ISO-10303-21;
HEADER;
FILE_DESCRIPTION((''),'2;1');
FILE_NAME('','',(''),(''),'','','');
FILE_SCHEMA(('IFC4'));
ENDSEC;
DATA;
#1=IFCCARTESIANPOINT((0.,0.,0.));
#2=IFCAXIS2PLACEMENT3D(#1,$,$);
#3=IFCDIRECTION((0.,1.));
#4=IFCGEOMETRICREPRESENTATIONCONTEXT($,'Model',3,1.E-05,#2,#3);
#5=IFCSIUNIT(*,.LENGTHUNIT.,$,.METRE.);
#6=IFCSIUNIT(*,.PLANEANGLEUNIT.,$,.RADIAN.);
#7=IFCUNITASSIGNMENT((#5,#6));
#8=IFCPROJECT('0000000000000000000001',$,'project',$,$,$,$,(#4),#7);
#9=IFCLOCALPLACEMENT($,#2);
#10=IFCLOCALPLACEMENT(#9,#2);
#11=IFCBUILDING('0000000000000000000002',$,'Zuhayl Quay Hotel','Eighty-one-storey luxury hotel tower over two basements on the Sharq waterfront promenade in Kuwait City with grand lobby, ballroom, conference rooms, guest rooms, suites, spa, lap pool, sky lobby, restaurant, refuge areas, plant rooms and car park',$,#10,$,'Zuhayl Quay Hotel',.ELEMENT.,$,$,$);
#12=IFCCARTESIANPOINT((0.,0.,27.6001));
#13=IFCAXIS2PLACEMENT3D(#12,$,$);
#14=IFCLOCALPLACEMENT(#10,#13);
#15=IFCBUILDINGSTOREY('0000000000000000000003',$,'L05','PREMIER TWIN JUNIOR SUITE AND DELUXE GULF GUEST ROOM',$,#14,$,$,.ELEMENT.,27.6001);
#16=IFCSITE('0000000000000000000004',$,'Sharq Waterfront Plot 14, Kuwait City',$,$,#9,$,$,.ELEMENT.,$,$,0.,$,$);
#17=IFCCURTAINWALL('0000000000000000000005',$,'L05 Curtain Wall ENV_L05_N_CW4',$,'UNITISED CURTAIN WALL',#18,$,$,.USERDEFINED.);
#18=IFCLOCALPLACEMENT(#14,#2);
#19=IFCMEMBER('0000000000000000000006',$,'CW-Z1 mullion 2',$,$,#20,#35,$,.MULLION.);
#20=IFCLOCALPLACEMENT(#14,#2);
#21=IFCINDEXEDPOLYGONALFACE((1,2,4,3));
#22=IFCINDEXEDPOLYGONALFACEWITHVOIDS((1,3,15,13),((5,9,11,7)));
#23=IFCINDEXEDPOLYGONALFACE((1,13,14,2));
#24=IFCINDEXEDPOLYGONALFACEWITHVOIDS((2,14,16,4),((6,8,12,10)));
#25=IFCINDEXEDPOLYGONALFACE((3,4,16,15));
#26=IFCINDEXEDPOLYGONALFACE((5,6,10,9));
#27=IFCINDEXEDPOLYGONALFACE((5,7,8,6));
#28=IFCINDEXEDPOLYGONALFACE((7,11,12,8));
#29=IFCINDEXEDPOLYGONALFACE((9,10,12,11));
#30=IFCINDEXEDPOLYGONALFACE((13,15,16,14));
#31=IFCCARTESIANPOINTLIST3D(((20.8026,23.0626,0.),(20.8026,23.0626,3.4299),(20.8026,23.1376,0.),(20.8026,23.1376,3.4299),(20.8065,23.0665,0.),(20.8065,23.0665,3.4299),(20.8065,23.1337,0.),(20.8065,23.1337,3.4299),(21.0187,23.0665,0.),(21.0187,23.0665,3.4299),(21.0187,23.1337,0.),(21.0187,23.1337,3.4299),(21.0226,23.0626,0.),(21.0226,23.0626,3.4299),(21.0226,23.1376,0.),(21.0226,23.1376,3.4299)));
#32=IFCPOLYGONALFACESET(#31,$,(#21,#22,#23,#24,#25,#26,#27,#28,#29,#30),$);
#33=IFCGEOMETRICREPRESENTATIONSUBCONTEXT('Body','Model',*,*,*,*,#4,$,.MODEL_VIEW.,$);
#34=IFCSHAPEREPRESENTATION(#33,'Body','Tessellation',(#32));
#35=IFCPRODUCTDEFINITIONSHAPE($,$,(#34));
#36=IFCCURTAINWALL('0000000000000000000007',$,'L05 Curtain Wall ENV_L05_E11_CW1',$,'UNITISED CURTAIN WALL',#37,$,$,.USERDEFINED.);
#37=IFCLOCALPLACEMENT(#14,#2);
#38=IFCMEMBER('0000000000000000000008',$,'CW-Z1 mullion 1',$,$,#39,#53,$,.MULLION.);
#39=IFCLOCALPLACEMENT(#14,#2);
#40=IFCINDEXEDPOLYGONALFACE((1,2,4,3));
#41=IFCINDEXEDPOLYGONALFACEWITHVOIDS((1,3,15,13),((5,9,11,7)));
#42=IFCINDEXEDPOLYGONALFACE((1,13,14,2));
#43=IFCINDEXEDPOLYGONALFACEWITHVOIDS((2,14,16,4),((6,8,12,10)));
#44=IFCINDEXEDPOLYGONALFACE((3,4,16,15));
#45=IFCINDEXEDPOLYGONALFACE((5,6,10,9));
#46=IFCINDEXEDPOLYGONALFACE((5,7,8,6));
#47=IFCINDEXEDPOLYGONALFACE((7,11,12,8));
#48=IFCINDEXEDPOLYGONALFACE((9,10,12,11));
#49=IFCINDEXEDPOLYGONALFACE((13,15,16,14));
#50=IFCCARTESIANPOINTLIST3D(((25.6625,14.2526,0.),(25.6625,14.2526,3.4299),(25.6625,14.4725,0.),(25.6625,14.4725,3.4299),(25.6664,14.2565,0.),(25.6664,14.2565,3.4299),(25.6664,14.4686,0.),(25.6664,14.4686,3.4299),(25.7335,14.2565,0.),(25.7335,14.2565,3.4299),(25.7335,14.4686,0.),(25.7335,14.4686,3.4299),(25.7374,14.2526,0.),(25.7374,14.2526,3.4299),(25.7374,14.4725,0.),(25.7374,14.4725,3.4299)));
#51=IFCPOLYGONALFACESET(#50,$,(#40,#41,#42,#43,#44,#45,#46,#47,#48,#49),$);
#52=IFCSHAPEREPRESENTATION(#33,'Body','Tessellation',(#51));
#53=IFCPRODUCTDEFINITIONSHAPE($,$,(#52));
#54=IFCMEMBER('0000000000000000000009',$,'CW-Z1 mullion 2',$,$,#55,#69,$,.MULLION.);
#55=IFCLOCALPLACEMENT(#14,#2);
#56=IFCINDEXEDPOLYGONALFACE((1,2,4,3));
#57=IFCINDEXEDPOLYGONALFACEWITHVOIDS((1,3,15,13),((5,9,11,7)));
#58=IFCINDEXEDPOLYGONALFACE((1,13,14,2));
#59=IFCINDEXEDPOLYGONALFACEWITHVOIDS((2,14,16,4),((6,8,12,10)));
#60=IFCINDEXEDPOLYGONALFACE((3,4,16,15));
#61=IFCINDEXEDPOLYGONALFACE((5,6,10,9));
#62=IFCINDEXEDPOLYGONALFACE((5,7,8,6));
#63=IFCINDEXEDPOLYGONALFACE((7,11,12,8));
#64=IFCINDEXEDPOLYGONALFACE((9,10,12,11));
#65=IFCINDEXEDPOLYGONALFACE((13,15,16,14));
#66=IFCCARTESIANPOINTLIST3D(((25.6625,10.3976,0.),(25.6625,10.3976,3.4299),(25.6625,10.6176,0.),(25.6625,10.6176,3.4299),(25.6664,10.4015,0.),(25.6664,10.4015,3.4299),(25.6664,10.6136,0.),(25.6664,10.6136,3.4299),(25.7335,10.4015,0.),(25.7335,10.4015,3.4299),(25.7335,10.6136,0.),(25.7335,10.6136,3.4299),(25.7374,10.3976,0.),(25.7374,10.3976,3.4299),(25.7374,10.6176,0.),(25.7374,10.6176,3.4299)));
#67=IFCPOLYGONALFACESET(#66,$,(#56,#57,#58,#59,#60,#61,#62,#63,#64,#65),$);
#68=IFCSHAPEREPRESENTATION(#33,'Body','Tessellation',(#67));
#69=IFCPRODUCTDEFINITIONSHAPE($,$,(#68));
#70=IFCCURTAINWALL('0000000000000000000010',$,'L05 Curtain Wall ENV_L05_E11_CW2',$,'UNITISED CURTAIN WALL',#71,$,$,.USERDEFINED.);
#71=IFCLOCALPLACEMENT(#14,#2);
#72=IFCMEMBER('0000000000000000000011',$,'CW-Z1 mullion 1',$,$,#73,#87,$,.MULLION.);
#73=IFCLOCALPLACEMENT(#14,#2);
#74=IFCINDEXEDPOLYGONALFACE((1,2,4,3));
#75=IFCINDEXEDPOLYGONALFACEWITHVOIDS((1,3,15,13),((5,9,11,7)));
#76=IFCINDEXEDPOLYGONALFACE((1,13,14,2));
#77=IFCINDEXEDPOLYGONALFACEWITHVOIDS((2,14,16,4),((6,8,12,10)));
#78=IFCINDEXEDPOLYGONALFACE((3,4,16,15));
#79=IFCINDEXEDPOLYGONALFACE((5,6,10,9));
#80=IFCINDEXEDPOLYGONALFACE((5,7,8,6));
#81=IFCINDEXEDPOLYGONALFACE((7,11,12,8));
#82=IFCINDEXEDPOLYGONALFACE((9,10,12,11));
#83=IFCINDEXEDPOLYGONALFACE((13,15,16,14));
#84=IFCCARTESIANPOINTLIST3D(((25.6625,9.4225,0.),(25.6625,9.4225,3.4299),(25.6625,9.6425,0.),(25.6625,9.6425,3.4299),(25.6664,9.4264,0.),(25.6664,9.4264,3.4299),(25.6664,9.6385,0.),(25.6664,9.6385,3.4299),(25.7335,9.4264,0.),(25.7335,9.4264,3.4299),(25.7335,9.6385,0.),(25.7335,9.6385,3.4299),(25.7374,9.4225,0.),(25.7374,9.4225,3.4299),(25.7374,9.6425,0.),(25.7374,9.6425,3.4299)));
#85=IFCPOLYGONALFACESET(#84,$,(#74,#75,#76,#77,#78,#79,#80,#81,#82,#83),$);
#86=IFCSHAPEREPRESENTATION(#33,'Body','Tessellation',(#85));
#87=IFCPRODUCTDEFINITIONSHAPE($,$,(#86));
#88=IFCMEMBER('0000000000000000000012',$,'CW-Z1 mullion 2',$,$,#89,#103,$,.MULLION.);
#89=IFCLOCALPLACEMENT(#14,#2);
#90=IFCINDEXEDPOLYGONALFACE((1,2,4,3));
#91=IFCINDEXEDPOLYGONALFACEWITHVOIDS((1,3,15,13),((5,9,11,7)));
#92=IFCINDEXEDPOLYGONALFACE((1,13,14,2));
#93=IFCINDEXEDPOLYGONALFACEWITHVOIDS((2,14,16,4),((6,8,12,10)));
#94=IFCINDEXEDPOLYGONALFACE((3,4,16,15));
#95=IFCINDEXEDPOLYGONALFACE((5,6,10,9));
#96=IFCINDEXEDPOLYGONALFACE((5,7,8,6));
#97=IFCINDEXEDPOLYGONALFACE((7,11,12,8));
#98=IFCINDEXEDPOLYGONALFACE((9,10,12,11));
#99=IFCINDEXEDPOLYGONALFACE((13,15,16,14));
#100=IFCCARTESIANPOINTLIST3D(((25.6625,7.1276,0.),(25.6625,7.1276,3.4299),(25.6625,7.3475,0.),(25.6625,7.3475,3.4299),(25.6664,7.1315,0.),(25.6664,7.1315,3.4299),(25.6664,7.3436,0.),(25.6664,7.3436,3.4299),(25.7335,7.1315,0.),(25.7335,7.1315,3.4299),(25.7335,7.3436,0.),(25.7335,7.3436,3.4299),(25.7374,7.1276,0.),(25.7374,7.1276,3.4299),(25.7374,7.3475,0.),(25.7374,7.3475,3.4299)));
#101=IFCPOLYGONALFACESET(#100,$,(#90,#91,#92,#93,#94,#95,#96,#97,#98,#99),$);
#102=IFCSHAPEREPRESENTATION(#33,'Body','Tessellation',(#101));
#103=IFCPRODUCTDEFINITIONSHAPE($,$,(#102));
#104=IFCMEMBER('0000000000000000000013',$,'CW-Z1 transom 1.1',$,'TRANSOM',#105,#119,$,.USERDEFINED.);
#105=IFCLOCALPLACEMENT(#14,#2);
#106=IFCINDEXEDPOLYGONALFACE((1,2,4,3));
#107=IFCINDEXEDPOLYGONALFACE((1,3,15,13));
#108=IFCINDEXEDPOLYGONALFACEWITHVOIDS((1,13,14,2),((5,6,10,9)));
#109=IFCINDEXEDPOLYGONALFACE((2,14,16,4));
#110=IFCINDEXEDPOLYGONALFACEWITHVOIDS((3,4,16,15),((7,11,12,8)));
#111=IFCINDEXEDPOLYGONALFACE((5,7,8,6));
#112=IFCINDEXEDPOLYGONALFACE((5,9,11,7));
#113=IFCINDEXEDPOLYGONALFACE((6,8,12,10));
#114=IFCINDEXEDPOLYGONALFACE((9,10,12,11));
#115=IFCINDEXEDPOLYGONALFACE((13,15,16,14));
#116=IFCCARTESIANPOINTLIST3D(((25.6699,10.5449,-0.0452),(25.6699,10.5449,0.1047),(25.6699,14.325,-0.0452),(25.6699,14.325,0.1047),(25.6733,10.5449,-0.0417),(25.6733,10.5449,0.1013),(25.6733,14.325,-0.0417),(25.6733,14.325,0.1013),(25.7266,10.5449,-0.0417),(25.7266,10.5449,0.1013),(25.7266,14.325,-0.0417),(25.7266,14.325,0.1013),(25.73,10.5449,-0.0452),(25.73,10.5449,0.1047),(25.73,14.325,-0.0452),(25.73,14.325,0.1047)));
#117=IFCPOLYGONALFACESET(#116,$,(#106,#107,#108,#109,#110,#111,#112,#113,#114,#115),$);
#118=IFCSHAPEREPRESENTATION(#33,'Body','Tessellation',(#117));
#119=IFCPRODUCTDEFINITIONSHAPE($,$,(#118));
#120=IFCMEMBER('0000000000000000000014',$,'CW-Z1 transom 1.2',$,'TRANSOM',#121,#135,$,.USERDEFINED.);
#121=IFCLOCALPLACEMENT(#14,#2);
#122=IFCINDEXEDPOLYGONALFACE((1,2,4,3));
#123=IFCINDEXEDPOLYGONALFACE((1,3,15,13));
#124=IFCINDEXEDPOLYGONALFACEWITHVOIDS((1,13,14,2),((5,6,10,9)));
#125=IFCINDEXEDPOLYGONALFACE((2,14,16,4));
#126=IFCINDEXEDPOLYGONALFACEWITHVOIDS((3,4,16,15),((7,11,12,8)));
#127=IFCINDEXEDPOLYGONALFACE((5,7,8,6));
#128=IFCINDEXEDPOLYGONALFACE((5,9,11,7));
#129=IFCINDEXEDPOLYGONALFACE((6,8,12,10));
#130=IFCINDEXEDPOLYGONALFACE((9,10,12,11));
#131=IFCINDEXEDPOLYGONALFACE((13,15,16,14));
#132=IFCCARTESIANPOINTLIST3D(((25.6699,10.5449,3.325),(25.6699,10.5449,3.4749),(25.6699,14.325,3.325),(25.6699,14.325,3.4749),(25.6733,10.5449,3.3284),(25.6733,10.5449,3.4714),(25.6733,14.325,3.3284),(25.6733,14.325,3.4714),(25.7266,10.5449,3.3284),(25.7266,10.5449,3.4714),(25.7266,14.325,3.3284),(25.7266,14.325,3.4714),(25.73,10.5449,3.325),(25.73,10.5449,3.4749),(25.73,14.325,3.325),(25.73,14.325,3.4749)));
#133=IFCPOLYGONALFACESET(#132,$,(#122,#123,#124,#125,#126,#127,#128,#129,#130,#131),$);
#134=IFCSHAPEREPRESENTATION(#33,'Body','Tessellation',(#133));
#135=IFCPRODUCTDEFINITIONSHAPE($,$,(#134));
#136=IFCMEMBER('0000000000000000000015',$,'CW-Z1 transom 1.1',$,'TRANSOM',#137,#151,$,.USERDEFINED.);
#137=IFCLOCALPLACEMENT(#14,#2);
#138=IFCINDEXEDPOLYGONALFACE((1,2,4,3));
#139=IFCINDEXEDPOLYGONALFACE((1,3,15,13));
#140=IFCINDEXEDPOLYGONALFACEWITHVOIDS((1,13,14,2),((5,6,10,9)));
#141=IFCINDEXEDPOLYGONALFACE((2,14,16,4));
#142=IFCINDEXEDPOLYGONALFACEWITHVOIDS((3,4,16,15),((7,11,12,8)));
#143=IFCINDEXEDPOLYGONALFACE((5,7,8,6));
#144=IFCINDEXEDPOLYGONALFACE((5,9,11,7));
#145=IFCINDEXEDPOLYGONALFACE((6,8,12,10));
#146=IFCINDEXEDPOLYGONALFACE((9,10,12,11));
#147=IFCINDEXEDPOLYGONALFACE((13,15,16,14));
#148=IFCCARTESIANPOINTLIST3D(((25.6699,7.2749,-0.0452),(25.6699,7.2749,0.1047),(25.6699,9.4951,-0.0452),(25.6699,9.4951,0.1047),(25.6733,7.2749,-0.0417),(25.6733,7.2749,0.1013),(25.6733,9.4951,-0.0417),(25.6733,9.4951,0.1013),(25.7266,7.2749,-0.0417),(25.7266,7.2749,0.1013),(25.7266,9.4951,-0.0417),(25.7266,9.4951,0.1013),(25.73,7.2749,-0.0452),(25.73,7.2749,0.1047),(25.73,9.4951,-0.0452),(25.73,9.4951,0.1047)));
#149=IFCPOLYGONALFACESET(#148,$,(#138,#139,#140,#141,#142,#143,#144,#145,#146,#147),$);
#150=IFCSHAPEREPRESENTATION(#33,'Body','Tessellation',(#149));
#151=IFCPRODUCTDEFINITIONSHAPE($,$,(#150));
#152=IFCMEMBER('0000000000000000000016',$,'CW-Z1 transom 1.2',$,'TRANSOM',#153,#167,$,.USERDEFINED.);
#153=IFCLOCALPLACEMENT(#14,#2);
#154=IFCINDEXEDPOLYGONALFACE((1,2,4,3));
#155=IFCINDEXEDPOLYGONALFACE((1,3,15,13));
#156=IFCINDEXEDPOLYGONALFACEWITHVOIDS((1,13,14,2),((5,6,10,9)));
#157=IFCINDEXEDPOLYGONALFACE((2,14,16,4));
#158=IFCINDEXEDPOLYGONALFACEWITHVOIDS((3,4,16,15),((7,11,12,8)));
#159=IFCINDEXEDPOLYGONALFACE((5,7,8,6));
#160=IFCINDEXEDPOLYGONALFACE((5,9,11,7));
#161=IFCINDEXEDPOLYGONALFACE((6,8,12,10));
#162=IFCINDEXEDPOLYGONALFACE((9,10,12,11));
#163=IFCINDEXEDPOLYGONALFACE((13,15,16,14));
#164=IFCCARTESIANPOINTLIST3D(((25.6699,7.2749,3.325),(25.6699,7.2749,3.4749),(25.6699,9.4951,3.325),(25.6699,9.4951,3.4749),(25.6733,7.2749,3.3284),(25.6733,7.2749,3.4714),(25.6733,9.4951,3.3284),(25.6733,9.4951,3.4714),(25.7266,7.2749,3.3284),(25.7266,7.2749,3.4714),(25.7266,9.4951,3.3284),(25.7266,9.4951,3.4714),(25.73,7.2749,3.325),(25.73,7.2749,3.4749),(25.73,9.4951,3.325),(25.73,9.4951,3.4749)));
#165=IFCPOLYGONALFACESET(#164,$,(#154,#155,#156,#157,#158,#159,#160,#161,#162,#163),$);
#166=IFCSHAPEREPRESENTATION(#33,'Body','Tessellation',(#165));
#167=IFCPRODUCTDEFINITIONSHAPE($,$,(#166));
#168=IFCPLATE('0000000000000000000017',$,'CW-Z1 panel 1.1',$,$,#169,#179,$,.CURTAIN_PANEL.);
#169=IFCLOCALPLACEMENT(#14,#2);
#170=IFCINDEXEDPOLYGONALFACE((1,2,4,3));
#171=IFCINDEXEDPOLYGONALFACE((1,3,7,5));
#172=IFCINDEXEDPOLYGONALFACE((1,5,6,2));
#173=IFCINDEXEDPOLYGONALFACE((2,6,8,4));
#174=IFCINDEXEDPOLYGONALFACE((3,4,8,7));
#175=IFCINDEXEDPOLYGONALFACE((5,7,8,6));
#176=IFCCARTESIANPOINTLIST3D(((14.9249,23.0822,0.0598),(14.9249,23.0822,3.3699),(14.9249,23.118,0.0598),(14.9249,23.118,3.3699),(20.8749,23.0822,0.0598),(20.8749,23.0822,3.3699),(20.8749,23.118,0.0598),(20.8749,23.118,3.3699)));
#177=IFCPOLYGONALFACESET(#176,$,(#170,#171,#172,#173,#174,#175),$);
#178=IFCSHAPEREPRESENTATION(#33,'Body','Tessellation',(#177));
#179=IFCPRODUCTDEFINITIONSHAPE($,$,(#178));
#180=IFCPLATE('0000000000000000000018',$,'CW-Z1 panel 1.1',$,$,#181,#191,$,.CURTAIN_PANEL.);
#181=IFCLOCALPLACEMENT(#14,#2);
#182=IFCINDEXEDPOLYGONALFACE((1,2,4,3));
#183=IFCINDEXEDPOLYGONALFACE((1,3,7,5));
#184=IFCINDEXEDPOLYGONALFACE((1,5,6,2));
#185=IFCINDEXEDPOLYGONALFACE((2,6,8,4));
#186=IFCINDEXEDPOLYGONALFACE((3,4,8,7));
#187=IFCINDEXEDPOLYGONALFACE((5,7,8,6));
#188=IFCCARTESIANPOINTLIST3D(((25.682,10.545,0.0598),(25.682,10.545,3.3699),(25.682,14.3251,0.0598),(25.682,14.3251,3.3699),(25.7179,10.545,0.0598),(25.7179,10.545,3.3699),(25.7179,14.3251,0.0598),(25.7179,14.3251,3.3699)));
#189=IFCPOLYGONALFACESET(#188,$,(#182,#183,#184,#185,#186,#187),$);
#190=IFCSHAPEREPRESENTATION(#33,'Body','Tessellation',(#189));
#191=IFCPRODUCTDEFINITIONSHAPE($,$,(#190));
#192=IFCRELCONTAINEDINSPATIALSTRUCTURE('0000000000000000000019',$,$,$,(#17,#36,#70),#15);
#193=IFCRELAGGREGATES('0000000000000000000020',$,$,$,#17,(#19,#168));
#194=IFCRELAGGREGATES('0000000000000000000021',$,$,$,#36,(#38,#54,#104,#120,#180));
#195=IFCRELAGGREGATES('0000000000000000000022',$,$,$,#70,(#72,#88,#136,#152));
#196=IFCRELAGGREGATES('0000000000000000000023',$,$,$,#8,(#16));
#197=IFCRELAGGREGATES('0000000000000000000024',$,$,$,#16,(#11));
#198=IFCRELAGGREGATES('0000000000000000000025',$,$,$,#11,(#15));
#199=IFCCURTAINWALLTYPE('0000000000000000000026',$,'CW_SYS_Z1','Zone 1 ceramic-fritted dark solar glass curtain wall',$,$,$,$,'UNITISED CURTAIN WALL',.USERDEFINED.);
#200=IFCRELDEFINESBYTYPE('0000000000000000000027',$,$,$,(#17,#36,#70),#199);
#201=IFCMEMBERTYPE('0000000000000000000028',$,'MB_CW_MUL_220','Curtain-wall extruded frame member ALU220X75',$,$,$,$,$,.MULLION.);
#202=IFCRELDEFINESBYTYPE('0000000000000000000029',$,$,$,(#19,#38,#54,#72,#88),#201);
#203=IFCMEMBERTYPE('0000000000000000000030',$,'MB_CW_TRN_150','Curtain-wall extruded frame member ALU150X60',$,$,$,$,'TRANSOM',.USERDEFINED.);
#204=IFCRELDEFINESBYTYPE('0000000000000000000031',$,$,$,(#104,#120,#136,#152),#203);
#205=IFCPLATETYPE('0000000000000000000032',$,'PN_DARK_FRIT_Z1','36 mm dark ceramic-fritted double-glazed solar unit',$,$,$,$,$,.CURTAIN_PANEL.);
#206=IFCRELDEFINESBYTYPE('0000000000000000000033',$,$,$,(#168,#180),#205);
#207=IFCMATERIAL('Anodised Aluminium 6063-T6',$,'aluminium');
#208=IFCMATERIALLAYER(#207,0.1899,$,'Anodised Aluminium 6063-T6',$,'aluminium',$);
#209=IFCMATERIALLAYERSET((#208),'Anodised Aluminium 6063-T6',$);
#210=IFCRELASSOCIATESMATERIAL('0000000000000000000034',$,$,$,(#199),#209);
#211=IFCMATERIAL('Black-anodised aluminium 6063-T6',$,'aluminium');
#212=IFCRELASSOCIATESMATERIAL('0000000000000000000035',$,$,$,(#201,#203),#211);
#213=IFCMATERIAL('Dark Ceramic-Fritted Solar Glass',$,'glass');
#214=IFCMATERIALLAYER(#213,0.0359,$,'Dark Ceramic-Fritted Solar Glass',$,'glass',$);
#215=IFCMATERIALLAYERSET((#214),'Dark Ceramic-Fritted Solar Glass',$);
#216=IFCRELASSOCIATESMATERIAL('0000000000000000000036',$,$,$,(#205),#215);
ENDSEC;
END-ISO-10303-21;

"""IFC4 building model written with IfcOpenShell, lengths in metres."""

from ifc_helpers import new_model, si_unit, direction, frame, origin, origin_2d, place, context, subcontext, project, spatial, rectangle, hollow_rectangle, extrude, material, layer, layer_set, material_profile, profile_set, type_object, element, aggregate, save


model = new_model("IFC4")

# Units and contexts
model_context = context("Model", 3, precision=1e-05, world=origin(), true_north=direction((0.0, 1.0)))
body_context = subcontext(model_context, "Body", "Model", "MODEL_VIEW")
ifc_project = project(units=[si_unit("LENGTHUNIT", "METRE"), si_unit("PLANEANGLEUNIT", "RADIAN")], contexts=[model_context])

# Site, building, storey
site_placement = place(None, origin())
site = spatial("IfcSite", under=ifc_project, at=site_placement, Name="Sharq Waterfront Plot 14, Kuwait City", CompositionType="ELEMENT", RefElevation=0.0)
building_placement = place(site_placement, origin())
building = spatial("IfcBuilding", under=site, at=building_placement, Name="Zuhayl Quay Hotel", Description="Eighty-one-storey luxury hotel tower over two basements on the Sharq waterfront promenade in Kuwait City with grand lobby, ballroom, conference rooms, guest rooms, suites, spa, lap pool, sky lobby, restaurant, refuge areas, plant rooms and car park", LongName="Zuhayl Quay Hotel", CompositionType="ELEMENT")
storey_placement = place(building_placement, frame((0.0, 0.0, 27.6001)))
storey = spatial("IfcBuildingStorey", under=building, at=storey_placement, Name="L05", Description="PREMIER TWIN JUNIOR SUITE AND DELUXE GULF GUEST ROOM", CompositionType="ELEMENT", Elevation=27.6001)

# Curtain wall, member
ifc_material_1 = material(Name="Anodised Aluminium 6063-T6", Category="aluminium")
ifc_layer_1 = layer(ifc_material_1, 0.1899, Name="Anodised Aluminium 6063-T6", Category="aluminium")
ifc_layer_set_1 = layer_set([ifc_layer_1], Name="Anodised Aluminium 6063-T6")
curtain_wall_type = type_object("IfcCurtainWallType", Name="CW_SYS_Z1", Description="Zone 1 ceramic-fritted dark solar glass curtain wall", ElementType="UNITISED CURTAIN WALL", PredefinedType="USERDEFINED", material=ifc_layer_set_1)
curtain_wall_1_placement = place(storey_placement, origin())
curtain_wall_1 = element("IfcCurtainWall", 1, at=curtain_wall_1_placement, inside=storey, type_object=curtain_wall_type, Name="L05 Curtain Wall ENV_L05_N_CW4", ObjectType="UNITISED CURTAIN WALL", PredefinedType="USERDEFINED")
ifc_material_2 = material(Name="Black-anodised aluminium 6063-T6", Category="aluminium")
ifc_material_profile_1 = material_profile(ifc_material_2, hollow_rectangle(XDim=0.075, YDim=0.22, WallThickness=0.0039, at=origin_2d()), Name="ALU220X75")
ifc_profile_set_1 = profile_set([ifc_material_profile_1], Name="Black-anodised aluminium 6063-T6")
member_type_1 = type_object("IfcMemberType", Name="MB_CW_MUL_220", Description="Curtain-wall extruded frame member ALU220X75", PredefinedType="MULLION", material=ifc_profile_set_1)
member_1_placement = place(storey_placement, frame((20.9126, 23.1001, 0.0), z_axis=(0.0, 0.0, 1.0), x_axis=(0.0, 1.0, 0.0)))
member_1 = element("IfcMember", 2, at=member_1_placement, type_object=member_type_1, Name="CW-Z1 mullion 2", PredefinedType="MULLION", context=body_context, shape_type="SweptSolid", body=[
    extrude(hollow_rectangle(XDim=0.075, YDim=0.22, WallThickness=0.0039, at=origin_2d()), origin(), (0.0, 0.0, 1.0), 3.4299),
])

# Curtain walls, members
curtain_wall_2_placement = place(storey_placement, origin())
curtain_wall_2 = element("IfcCurtainWall", 3, at=curtain_wall_2_placement, inside=storey, type_object=curtain_wall_type, Name="L05 Curtain Wall ENV_L05_E11_CW1", ObjectType="UNITISED CURTAIN WALL", PredefinedType="USERDEFINED")
member_2_placement = place(storey_placement, frame((25.7, 14.3625, 0.0), z_axis=(0.0, 0.0, 1.0), x_axis=(1.0, 0.0, 0.0)))
member_2 = element("IfcMember", 4, at=member_2_placement, type_object=member_type_1, Name="CW-Z1 mullion 1", PredefinedType="MULLION", context=body_context, shape_type="SweptSolid", body=[
    extrude(hollow_rectangle(XDim=0.075, YDim=0.22, WallThickness=0.0039, at=origin_2d()), origin(), (0.0, 0.0, 1.0), 3.4299),
])
member_3_placement = place(storey_placement, frame((25.7, 10.5076, 0.0), z_axis=(0.0, 0.0, 1.0), x_axis=(1.0, 0.0, 0.0)))
member_3 = element("IfcMember", 5, at=member_3_placement, type_object=member_type_1, Name="CW-Z1 mullion 2", PredefinedType="MULLION", context=body_context, shape_type="SweptSolid", body=[
    extrude(hollow_rectangle(XDim=0.075, YDim=0.22, WallThickness=0.0039, at=origin_2d()), origin(), (0.0, 0.0, 1.0), 3.4299),
])
curtain_wall_3_placement = place(storey_placement, origin())
curtain_wall_3 = element("IfcCurtainWall", 6, at=curtain_wall_3_placement, inside=storey, type_object=curtain_wall_type, Name="L05 Curtain Wall ENV_L05_E11_CW2", ObjectType="UNITISED CURTAIN WALL", PredefinedType="USERDEFINED")
member_4_placement = place(storey_placement, frame((25.7, 9.5325, 0.0), z_axis=(0.0, 0.0, 1.0), x_axis=(1.0, 0.0, 0.0)))
member_4 = element("IfcMember", 7, at=member_4_placement, type_object=member_type_1, Name="CW-Z1 mullion 1", PredefinedType="MULLION", context=body_context, shape_type="SweptSolid", body=[
    extrude(hollow_rectangle(XDim=0.075, YDim=0.22, WallThickness=0.0039, at=origin_2d()), origin(), (0.0, 0.0, 1.0), 3.4299),
])
member_5_placement = place(storey_placement, frame((25.7, 7.2375, 0.0), z_axis=(0.0, 0.0, 1.0), x_axis=(1.0, 0.0, 0.0)))
member_5 = element("IfcMember", 8, at=member_5_placement, type_object=member_type_1, Name="CW-Z1 mullion 2", PredefinedType="MULLION", context=body_context, shape_type="SweptSolid", body=[
    extrude(hollow_rectangle(XDim=0.075, YDim=0.22, WallThickness=0.0039, at=origin_2d()), origin(), (0.0, 0.0, 1.0), 3.4299),
])

# Members
ifc_material_profile_2 = material_profile(ifc_material_2, hollow_rectangle(XDim=0.0601, YDim=0.1499, WallThickness=0.0034, at=origin_2d()), Name="ALU150X60")
ifc_profile_set_2 = profile_set([ifc_material_profile_2], Name="Black-anodised aluminium 6063-T6")
member_type_2 = type_object("IfcMemberType", Name="MB_CW_TRN_150", Description="Curtain-wall extruded frame member ALU150X60", ElementType="TRANSOM", PredefinedType="USERDEFINED", material=ifc_profile_set_2)
member_6_placement = place(storey_placement, frame((25.7, 14.325, 0.0298), z_axis=(0.0, -1.0, 0.0), x_axis=(1.0, 0.0, 0.0)))
member_6 = element("IfcMember", 9, at=member_6_placement, type_object=member_type_2, Name="CW-Z1 transom 1.1", ObjectType="TRANSOM", PredefinedType="USERDEFINED", context=body_context, shape_type="SweptSolid", body=[
    extrude(hollow_rectangle(XDim=0.0601, YDim=0.1499, WallThickness=0.0034, at=origin_2d()), origin(), (0.0, 0.0, 1.0), 3.78),
])
member_7_placement = place(storey_placement, frame((25.7, 14.325, 3.3999), z_axis=(0.0, -1.0, 0.0), x_axis=(1.0, 0.0, 0.0)))
member_7 = element("IfcMember", 10, at=member_7_placement, type_object=member_type_2, Name="CW-Z1 transom 1.2", ObjectType="TRANSOM", PredefinedType="USERDEFINED", context=body_context, shape_type="SweptSolid", body=[
    extrude(hollow_rectangle(XDim=0.0601, YDim=0.1499, WallThickness=0.0034, at=origin_2d()), origin(), (0.0, 0.0, 1.0), 3.78),
])
member_8_placement = place(storey_placement, frame((25.7, 9.4951, 0.0298), z_axis=(0.0, -1.0, 0.0), x_axis=(1.0, 0.0, 0.0)))
member_8 = element("IfcMember", 11, at=member_8_placement, type_object=member_type_2, Name="CW-Z1 transom 1.1", ObjectType="TRANSOM", PredefinedType="USERDEFINED", context=body_context, shape_type="SweptSolid", body=[
    extrude(hollow_rectangle(XDim=0.0601, YDim=0.1499, WallThickness=0.0034, at=origin_2d()), origin(), (0.0, 0.0, 1.0), 2.2202),
])
member_9_placement = place(storey_placement, frame((25.7, 9.4951, 3.3999), z_axis=(0.0, -1.0, 0.0), x_axis=(1.0, 0.0, 0.0)))
member_9 = element("IfcMember", 12, at=member_9_placement, type_object=member_type_2, Name="CW-Z1 transom 1.2", ObjectType="TRANSOM", PredefinedType="USERDEFINED", context=body_context, shape_type="SweptSolid", body=[
    extrude(hollow_rectangle(XDim=0.0601, YDim=0.1499, WallThickness=0.0034, at=origin_2d()), origin(), (0.0, 0.0, 1.0), 2.2202),
])

# Plates
ifc_material_3 = material(Name="Dark Ceramic-Fritted Solar Glass", Category="glass")
ifc_layer_2 = layer(ifc_material_3, 0.0359, Name="Dark Ceramic-Fritted Solar Glass", Category="glass")
ifc_layer_set_2 = layer_set([ifc_layer_2], Name="Dark Ceramic-Fritted Solar Glass")
plate_type = type_object("IfcPlateType", Name="PN_DARK_FRIT_Z1", Description="36 mm dark ceramic-fritted double-glazed solar unit", PredefinedType="CURTAIN_PANEL", material=ifc_layer_set_2)
plate_1_placement = place(storey_placement, frame((17.8999, 23.1001, 0.0598), z_axis=(0.0, 0.0, 1.0), x_axis=(1.0, 0.0, 0.0)))
plate_1 = element("IfcPlate", 13, at=plate_1_placement, type_object=plate_type, Name="CW-Z1 panel 1.1", PredefinedType="CURTAIN_PANEL", context=body_context, shape_type="SweptSolid", body=[
    extrude(rectangle(XDim=5.95, YDim=0.0359, at=origin_2d()), origin(), (0.0, 0.0, 1.0), 3.3101),
])
aggregate(curtain_wall_1, [member_1, plate_1])
plate_2_placement = place(storey_placement, frame((25.7, 12.4351, 0.0598), z_axis=(0.0, 0.0, 1.0), x_axis=(0.0, -1.0, 0.0)))
plate_2 = element("IfcPlate", 14, at=plate_2_placement, type_object=plate_type, Name="CW-Z1 panel 1.1", PredefinedType="CURTAIN_PANEL", context=body_context, shape_type="SweptSolid", body=[
    extrude(rectangle(XDim=3.78, YDim=0.0359, at=origin_2d()), origin(), (0.0, 0.0, 1.0), 3.3101),
])
aggregate(curtain_wall_2, [member_2, member_3, member_6, member_7, plate_2])
aggregate(curtain_wall_3, [member_4, member_5, member_8, member_9])

save(model, "model.ifc")
